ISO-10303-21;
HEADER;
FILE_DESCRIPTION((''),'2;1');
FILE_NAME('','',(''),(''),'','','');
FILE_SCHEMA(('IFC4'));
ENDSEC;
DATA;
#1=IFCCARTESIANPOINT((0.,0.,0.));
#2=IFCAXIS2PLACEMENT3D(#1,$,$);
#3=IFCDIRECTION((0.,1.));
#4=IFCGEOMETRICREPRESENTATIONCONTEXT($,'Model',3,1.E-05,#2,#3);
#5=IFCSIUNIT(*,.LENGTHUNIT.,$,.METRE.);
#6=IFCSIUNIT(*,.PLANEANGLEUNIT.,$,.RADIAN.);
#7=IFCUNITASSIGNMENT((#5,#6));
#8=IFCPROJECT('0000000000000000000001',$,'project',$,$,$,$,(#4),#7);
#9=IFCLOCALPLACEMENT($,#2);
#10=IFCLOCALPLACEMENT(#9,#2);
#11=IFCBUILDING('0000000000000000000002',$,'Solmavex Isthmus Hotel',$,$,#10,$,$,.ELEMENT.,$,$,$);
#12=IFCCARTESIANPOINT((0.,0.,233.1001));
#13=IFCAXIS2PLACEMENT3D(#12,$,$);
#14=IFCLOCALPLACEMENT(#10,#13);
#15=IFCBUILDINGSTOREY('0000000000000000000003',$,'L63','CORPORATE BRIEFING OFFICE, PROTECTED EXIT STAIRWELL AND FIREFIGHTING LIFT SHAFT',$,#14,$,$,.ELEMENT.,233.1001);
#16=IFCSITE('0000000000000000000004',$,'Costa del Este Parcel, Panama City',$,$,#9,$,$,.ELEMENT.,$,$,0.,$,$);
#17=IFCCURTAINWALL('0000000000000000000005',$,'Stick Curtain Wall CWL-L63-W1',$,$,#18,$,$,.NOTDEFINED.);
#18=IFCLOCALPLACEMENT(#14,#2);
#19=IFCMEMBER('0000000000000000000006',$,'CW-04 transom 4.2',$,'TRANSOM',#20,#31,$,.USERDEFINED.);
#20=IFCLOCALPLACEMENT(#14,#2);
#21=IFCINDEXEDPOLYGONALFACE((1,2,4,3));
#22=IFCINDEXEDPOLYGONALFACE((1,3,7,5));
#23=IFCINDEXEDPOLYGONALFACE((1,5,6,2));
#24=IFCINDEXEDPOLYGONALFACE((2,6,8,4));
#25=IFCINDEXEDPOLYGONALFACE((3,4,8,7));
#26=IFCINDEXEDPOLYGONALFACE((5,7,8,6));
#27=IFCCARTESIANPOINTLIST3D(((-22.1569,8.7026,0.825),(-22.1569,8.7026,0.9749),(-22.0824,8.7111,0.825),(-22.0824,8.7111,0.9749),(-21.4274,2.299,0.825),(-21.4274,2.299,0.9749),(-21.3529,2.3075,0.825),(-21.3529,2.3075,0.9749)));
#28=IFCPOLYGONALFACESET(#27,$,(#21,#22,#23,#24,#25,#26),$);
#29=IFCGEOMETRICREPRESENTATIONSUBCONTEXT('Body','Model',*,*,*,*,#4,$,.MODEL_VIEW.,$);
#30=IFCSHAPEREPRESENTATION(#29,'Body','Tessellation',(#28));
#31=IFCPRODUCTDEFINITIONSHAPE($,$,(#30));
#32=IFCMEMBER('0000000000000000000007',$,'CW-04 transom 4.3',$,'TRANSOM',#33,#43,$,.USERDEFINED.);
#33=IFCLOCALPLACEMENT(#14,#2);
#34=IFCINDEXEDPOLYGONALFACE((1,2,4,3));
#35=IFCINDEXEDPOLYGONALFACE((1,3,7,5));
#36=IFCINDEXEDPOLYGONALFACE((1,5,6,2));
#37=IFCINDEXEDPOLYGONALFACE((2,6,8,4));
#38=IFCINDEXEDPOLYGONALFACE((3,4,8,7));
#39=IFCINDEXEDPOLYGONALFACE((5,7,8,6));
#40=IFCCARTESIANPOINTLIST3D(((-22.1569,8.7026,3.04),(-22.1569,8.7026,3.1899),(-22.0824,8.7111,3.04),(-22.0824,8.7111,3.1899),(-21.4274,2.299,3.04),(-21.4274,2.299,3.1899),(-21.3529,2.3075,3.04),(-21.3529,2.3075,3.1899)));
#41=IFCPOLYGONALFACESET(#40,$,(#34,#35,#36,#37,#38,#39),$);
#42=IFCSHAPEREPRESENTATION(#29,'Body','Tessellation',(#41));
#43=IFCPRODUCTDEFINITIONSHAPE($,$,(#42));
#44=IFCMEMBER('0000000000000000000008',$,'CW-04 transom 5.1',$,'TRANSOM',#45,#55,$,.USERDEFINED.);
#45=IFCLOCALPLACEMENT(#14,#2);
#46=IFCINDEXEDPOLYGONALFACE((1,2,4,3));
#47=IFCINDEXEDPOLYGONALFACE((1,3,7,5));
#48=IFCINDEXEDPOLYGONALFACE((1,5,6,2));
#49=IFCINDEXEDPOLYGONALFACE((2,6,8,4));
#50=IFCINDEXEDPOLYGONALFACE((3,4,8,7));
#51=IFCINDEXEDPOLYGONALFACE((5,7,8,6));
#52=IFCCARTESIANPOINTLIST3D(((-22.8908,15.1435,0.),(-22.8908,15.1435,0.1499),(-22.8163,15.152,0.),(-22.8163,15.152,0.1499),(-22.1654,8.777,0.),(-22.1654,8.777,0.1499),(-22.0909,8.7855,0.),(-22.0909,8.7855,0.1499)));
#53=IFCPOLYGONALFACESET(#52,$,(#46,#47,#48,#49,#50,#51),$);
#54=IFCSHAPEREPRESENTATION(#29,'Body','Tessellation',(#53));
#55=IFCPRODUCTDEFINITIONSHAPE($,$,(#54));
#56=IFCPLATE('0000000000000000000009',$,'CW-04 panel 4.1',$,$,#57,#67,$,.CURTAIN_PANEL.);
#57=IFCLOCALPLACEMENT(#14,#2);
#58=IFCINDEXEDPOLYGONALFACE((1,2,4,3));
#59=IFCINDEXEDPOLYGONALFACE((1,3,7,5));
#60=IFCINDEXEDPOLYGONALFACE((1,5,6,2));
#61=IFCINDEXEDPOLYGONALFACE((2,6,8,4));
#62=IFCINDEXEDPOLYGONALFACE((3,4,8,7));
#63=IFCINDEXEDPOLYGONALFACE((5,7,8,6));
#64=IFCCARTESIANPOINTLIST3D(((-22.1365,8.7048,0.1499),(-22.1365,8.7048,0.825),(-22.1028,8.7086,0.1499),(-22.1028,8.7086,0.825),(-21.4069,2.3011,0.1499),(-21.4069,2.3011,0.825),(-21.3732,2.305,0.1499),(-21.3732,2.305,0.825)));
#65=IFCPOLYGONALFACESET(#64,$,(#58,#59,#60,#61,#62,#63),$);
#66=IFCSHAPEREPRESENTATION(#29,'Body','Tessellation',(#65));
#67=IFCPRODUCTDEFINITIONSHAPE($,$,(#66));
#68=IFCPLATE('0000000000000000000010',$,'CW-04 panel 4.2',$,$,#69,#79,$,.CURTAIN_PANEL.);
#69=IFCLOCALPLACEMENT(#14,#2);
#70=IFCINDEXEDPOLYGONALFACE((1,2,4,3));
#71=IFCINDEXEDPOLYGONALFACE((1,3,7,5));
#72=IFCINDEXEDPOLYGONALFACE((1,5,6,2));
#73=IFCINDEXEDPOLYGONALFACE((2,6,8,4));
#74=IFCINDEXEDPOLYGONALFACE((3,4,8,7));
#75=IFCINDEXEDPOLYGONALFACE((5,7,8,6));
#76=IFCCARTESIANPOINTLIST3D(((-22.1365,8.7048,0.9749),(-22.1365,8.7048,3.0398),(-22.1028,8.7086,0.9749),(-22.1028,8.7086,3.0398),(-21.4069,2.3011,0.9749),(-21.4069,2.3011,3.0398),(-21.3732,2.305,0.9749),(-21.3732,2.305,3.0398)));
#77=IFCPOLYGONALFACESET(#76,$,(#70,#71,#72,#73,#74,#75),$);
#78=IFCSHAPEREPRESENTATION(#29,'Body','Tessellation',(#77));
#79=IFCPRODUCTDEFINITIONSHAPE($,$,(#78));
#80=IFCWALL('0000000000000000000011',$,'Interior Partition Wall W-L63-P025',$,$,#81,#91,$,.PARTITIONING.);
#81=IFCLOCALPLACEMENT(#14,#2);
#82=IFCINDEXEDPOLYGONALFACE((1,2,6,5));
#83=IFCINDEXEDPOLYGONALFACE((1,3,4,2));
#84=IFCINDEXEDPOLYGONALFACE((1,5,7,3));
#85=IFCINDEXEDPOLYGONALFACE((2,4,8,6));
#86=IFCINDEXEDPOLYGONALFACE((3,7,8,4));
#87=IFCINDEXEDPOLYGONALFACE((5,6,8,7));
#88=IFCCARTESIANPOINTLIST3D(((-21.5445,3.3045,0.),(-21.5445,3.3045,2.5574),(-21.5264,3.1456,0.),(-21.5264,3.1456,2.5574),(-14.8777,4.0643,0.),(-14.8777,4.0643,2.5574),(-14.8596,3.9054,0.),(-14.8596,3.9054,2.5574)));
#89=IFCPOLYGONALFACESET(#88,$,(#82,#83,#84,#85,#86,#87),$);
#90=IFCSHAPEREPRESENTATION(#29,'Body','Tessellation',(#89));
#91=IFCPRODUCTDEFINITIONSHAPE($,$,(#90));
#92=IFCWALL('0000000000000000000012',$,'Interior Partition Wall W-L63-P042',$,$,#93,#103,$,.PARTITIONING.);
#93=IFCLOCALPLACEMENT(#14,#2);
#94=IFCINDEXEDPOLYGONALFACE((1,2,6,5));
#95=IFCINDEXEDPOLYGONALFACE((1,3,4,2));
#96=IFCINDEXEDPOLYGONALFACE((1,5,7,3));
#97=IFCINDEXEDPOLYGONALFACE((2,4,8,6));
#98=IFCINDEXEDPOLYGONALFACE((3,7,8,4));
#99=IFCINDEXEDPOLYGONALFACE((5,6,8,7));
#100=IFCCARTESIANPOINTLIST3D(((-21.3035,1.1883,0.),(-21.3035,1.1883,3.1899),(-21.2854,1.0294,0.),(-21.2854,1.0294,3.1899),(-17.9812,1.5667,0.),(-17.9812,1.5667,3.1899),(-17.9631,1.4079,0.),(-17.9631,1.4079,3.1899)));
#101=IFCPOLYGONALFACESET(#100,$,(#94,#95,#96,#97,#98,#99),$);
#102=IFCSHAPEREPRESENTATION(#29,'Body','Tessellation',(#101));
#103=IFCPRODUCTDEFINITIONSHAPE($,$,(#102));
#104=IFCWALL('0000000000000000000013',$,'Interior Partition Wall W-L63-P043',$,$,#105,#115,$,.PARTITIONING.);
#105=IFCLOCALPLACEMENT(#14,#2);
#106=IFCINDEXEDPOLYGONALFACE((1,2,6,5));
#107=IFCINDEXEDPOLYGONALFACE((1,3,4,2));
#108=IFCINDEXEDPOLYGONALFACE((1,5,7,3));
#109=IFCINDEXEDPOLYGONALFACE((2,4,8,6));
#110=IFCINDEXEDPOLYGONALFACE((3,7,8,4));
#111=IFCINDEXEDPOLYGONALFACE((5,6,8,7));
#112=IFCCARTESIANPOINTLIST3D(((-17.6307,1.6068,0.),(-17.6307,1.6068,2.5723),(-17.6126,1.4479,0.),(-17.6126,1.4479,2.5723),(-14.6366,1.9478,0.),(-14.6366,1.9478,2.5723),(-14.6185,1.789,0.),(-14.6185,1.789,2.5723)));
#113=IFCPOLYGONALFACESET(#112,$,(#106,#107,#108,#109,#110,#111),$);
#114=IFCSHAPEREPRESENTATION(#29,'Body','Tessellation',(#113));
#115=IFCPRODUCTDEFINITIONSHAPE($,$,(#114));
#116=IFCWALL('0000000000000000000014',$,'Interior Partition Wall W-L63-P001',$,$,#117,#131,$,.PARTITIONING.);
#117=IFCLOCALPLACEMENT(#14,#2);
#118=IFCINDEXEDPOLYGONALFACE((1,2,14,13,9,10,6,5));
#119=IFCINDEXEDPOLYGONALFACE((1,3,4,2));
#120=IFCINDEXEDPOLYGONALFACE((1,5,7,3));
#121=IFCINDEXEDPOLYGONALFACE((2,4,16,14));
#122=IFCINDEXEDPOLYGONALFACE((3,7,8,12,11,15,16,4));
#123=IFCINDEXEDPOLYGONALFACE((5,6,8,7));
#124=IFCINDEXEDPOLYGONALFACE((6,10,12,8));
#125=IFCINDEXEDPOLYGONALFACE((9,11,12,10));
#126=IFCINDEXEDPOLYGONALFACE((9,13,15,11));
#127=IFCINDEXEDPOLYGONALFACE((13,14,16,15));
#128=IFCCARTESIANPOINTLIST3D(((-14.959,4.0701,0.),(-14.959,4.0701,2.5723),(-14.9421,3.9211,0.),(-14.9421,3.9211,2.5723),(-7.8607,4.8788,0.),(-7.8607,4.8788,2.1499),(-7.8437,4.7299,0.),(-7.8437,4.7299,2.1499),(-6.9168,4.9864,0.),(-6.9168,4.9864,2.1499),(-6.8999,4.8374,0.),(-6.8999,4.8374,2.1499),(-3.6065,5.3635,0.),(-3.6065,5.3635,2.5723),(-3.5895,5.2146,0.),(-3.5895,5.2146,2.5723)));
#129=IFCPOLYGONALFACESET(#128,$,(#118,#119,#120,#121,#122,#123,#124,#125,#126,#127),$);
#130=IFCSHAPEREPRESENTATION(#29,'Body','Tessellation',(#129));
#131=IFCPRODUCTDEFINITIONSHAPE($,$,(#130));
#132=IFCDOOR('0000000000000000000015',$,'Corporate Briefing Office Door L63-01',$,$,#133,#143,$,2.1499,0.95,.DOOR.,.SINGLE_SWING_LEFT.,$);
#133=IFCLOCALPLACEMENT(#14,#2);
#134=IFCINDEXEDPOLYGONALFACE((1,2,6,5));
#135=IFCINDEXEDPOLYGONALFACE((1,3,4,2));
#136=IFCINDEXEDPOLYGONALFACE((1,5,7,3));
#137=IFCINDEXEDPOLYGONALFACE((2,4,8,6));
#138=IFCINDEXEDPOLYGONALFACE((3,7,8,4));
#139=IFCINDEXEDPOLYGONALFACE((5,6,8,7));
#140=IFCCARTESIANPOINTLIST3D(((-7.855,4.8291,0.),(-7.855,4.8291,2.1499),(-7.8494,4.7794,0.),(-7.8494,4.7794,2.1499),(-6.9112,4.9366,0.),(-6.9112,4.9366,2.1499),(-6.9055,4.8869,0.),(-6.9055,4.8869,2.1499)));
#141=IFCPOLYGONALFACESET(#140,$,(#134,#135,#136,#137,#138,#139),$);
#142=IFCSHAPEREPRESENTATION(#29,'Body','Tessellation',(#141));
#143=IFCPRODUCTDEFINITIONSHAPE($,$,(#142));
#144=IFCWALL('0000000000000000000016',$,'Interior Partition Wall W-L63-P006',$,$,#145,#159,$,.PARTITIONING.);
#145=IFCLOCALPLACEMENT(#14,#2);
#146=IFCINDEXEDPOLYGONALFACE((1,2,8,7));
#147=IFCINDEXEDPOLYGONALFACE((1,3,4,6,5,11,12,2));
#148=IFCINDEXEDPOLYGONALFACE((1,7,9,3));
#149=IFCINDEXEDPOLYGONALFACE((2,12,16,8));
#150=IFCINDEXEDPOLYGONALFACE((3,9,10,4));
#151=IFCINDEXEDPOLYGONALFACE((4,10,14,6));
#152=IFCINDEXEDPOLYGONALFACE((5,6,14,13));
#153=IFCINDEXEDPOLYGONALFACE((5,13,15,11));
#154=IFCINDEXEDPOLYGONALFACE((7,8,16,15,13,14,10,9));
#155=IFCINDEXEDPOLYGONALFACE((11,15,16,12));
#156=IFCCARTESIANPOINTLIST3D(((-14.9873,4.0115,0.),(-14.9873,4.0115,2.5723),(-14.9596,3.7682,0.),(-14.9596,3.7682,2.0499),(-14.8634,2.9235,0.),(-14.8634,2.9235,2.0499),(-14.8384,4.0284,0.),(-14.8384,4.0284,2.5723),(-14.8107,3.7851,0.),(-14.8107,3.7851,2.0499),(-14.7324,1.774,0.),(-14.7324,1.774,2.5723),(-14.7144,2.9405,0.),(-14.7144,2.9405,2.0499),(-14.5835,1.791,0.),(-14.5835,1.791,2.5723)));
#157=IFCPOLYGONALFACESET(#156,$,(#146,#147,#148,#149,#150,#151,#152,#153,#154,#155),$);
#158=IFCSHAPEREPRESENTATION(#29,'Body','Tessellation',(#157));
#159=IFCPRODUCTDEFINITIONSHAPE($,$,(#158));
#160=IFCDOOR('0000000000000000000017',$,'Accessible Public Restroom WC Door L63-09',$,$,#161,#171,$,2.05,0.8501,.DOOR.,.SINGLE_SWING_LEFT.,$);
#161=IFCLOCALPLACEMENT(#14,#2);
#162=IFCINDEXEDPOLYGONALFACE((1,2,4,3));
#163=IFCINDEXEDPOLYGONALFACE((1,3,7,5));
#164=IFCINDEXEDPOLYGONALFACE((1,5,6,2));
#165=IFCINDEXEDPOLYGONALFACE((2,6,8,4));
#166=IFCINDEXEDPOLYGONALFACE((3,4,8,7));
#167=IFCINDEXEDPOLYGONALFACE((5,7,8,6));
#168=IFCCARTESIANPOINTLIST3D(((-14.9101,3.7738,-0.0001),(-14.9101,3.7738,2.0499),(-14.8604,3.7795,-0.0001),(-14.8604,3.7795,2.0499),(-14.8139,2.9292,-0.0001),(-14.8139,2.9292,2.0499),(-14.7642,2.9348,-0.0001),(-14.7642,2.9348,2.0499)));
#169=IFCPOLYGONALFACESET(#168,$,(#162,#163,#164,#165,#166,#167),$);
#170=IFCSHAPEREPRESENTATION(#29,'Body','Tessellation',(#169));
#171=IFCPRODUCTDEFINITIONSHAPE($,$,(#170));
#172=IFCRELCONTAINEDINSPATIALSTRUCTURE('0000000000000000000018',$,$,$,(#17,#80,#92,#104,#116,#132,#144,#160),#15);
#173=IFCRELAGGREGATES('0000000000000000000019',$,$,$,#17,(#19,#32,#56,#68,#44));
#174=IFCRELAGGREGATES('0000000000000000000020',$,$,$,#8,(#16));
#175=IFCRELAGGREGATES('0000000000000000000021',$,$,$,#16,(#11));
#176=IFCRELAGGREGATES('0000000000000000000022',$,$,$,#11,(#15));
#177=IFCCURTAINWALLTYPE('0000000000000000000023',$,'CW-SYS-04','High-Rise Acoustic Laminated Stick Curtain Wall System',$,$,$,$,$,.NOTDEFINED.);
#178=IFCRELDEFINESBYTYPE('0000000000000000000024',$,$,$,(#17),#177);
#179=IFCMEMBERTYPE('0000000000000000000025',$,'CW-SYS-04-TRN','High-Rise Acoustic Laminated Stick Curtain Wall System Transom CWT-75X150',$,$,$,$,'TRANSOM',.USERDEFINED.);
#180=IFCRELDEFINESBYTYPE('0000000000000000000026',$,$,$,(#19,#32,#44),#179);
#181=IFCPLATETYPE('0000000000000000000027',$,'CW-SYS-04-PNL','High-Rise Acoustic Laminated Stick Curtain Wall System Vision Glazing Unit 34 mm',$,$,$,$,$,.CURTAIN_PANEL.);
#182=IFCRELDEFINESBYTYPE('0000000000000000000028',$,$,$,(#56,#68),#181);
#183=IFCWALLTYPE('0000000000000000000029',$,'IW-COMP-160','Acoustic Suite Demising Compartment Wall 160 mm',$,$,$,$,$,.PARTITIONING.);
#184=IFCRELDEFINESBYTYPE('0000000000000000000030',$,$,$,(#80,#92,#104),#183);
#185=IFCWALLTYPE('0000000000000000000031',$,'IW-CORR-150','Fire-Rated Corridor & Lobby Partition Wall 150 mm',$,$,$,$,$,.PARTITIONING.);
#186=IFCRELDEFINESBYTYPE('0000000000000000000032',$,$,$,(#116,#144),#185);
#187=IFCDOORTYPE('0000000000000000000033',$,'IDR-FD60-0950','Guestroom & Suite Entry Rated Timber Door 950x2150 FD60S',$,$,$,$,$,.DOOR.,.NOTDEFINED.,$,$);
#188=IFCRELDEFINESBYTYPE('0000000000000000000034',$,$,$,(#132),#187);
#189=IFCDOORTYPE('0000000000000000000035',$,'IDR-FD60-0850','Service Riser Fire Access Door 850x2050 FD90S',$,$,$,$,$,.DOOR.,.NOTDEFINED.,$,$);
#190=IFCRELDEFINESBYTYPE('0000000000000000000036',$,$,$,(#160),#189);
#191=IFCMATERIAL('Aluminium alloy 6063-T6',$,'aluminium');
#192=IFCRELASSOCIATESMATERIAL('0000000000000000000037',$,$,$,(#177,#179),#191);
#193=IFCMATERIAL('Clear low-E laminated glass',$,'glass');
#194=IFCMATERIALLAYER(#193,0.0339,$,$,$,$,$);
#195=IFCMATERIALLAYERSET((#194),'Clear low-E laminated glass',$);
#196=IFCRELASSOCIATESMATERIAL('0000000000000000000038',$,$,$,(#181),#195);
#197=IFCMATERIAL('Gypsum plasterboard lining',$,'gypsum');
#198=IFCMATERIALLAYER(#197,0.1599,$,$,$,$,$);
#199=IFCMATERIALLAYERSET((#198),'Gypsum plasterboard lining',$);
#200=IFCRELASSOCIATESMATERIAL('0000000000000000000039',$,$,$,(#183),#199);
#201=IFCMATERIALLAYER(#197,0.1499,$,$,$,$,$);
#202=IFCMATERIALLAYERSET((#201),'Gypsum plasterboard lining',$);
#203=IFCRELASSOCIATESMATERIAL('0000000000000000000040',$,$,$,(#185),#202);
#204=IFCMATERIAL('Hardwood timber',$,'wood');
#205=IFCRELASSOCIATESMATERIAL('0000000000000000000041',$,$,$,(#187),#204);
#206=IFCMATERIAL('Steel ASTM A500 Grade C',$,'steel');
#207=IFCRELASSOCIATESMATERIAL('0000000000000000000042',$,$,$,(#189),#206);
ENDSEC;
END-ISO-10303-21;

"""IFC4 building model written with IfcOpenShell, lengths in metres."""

from ifc_helpers import new_model, si_unit, direction, frame, frame_2d, origin, origin_2d, place, context, subcontext, project, spatial, rectangle, extrude, material, layer, layer_set, material_profile, profile_set, type_object, element, fill, aggregate, save


model = new_model("IFC4")

# Units and contexts
model_context = context("Model", 3, precision=1e-05, world=origin(), true_north=direction((0.0, 1.0)))
body_context = subcontext(model_context, "Body", "Model", "MODEL_VIEW")
ifc_project = project(units=[si_unit("LENGTHUNIT", "METRE"), si_unit("PLANEANGLEUNIT", "RADIAN")], contexts=[model_context])

# Site, building, storey
site_placement = place(None, origin())
site = spatial("IfcSite", under=ifc_project, at=site_placement, Name="Costa del Este Parcel, Panama City", CompositionType="ELEMENT", RefElevation=0.0)
building_placement = place(site_placement, origin())
building = spatial("IfcBuilding", under=site, at=building_placement, Name="Solmavex Isthmus Hotel", CompositionType="ELEMENT")
storey_placement = place(building_placement, frame((0.0, 0.0, 233.1001)))
storey = spatial("IfcBuildingStorey", under=building, at=storey_placement, Name="L63", Description="CORPORATE BRIEFING OFFICE, PROTECTED EXIT STAIRWELL AND FIREFIGHTING LIFT SHAFT", CompositionType="ELEMENT", Elevation=233.1001)

# Curtain wall, members, plates
ifc_material_1 = material(Name="Aluminium alloy 6063-T6", Category="aluminium")
curtain_wall_type = type_object("IfcCurtainWallType", Name="CW-SYS-04", Description="High-Rise Acoustic Laminated Stick Curtain Wall System", PredefinedType="NOTDEFINED", material=ifc_material_1)
curtain_wall_placement = place(storey_placement, origin())
curtain_wall = element("IfcCurtainWall", 1, at=curtain_wall_placement, inside=storey, type_object=curtain_wall_type, Name="Stick Curtain Wall CWL-L63-W1", PredefinedType="NOTDEFINED")
ifc_material_profile_1 = material_profile(ifc_material_1, rectangle(XDim=0.075, YDim=0.1499, at=origin_2d()), Name="CWT-75X150")
ifc_profile_set_1 = profile_set([ifc_material_profile_1], Name="Aluminium alloy 6063-T6")
member_type_1 = type_object("IfcMemberType", Name="CW-SYS-04-TRN", Description="High-Rise Acoustic Laminated Stick Curtain Wall System Transom CWT-75X150", ElementType="TRANSOM", PredefinedType="USERDEFINED", material=ifc_profile_set_1)
member_1_placement = place(storey_placement, frame((-21.3901, 2.3032, 0.8999), z_axis=(-0.113188, 0.993574, 0.0), x_axis=(-0.993574, -0.113188, 0.0)))
member_1 = element("IfcMember", 2, at=member_1_placement, type_object=member_type_1, Name="CW-04 transom 4.2", ObjectType="TRANSOM", PredefinedType="USERDEFINED", context=body_context, shape_type="SweptSolid", body=[
    extrude(rectangle(XDim=0.075, YDim=0.1499, at=origin_2d()), origin(), (0.0, 0.0, 1.0), 6.4451),
])
member_2_placement = place(storey_placement, frame((-21.3901, 2.3032, 3.115), z_axis=(-0.113188, 0.993574, 0.0), x_axis=(-0.993574, -0.113188, 0.0)))
member_2 = element("IfcMember", 3, at=member_2_placement, type_object=member_type_1, Name="CW-04 transom 4.3", ObjectType="TRANSOM", PredefinedType="USERDEFINED", context=body_context, shape_type="SweptSolid", body=[
    extrude(rectangle(XDim=0.075, YDim=0.1499, at=origin_2d()), origin(), (0.0, 0.0, 1.0), 6.4451),
])
member_3_placement = place(storey_placement, frame((-22.1282, 8.7812, 0.075), z_axis=(-0.113199, 0.993572, 0.0), x_axis=(-0.993572, -0.113199, 0.0)))
member_3 = element("IfcMember", 4, at=member_3_placement, type_object=member_type_1, Name="CW-04 transom 5.1", ObjectType="TRANSOM", PredefinedType="USERDEFINED", context=body_context, shape_type="SweptSolid", body=[
    extrude(rectangle(XDim=0.075, YDim=0.1499, at=origin_2d()), origin(), (0.0, 0.0, 1.0), 6.4077),
])
ifc_material_2 = material(Name="Clear low-E laminated glass", Category="glass")
ifc_layer_1 = layer(ifc_material_2, 0.0339)
ifc_layer_set_1 = layer_set([ifc_layer_1], Name="Clear low-E laminated glass")
plate_type = type_object("IfcPlateType", Name="CW-SYS-04-PNL", Description="High-Rise Acoustic Laminated Stick Curtain Wall System Vision Glazing Unit 34 mm", PredefinedType="CURTAIN_PANEL", material=ifc_layer_set_1)
plate_1_placement = place(storey_placement, frame((-21.7549, 5.5049, 0.1499), z_axis=(0.0, 0.0, 1.0), x_axis=(-0.113203, 0.993572, 0.0)))
plate_1 = element("IfcPlate", 5, at=plate_1_placement, type_object=plate_type, Name="CW-04 panel 4.1", PredefinedType="CURTAIN_PANEL", context=body_context, shape_type="SweptSolid", body=[
    extrude(rectangle(XDim=6.4451, YDim=0.0339, at=origin_2d()), origin(), (0.0, 0.0, 1.0), 0.675),
])
plate_2_placement = place(storey_placement, frame((-21.7549, 5.5049, 0.9749), z_axis=(0.0, 0.0, 1.0), x_axis=(-0.113203, 0.993572, 0.0)))
plate_2 = element("IfcPlate", 6, at=plate_2_placement, type_object=plate_type, Name="CW-04 panel 4.2", PredefinedType="CURTAIN_PANEL", context=body_context, shape_type="SweptSolid", body=[
    extrude(rectangle(XDim=6.4451, YDim=0.0339, at=origin_2d()), origin(), (0.0, 0.0, 1.0), 2.0649),
])
aggregate(curtain_wall, [member_1, member_2, plate_1, plate_2, member_3])

# Walls
ifc_material_3 = material(Name="Gypsum plasterboard lining", Category="gypsum")
ifc_layer_2 = layer(ifc_material_3, 0.1599)
ifc_layer_set_2 = layer_set([ifc_layer_2], Name="Gypsum plasterboard lining")
wall_type_1 = type_object("IfcWallType", Name="IW-COMP-160", Description="Acoustic Suite Demising Compartment Wall 160 mm", PredefinedType="PARTITIONING", material=ifc_layer_set_2)
wall_1_placement = place(storey_placement, frame((-14.8687, 3.9849, 0.0), z_axis=(0.0, 0.0, 1.0), x_axis=(-0.993569, -0.113231, 0.0)))
element("IfcWall", 7, at=wall_1_placement, inside=storey, type_object=wall_type_1, Name="Interior Partition Wall W-L63-P025", PredefinedType="PARTITIONING", context=body_context, shape_type="SweptSolid", body=[
    extrude(rectangle(XDim=6.71, YDim=0.1599, at=frame_2d((3.355, 0.0))), origin(), (0.0, 0.0, 1.0), 2.5574),
])
wall_2_placement = place(storey_placement, frame((-17.9722, 1.4873, 0.0), z_axis=(0.0, 0.0, 1.0), x_axis=(-0.993575, -0.113172, 0.0)))
element("IfcWall", 8, at=wall_2_placement, inside=storey, type_object=wall_type_1, Name="Interior Partition Wall W-L63-P042", PredefinedType="PARTITIONING", context=body_context, shape_type="SweptSolid", body=[
    extrude(rectangle(XDim=3.3438, YDim=0.1599, at=frame_2d((1.6719, 0.0))), origin(), (0.0, 0.0, 1.0), 3.1899),
])
wall_3_placement = place(storey_placement, frame((-14.6274, 1.8684, 0.0), z_axis=(0.0, 0.0, 1.0), x_axis=(-0.993575, -0.113179, 0.0)))
element("IfcWall", 9, at=wall_3_placement, inside=storey, type_object=wall_type_1, Name="Interior Partition Wall W-L63-P043", PredefinedType="PARTITIONING", context=body_context, shape_type="SweptSolid", body=[
    extrude(rectangle(XDim=3.0134, YDim=0.1599, at=frame_2d((1.5068, 0.0))), origin(), (0.0, 0.0, 1.0), 2.5723),
])

# Walls, openings, doors
ifc_layer_3 = layer(ifc_material_3, 0.1499)
ifc_layer_set_3 = layer_set([ifc_layer_3], Name="Gypsum plasterboard lining")
wall_type_2 = type_object("IfcWallType", Name="IW-CORR-150", Description="Fire-Rated Corridor & Lobby Partition Wall 150 mm", PredefinedType="PARTITIONING", material=ifc_layer_set_3)
wall_4_placement = place(storey_placement, frame((-14.9504, 3.9956, 0.0), z_axis=(0.0, 0.0, 1.0), x_axis=(0.993572, 0.113203, 0.0)))
wall_4 = element("IfcWall", 10, at=wall_4_placement, inside=storey, type_object=wall_type_2, Name="Interior Partition Wall W-L63-P001", PredefinedType="PARTITIONING", context=body_context, shape_type="SweptSolid", body=[
    extrude(rectangle(XDim=11.426, YDim=0.1499, at=frame_2d((5.7129, 0.0))), origin(), (0.0, 0.0, 1.0), 2.5723),
])
opening_1_placement = place(wall_4_placement, frame((7.144, 0.0, 0.0)))
opening_1 = element("IfcOpeningElement", 11, at=opening_1_placement, cuts=wall_4, PredefinedType="OPENING", context=body_context, shape_type="SweptSolid", body=[
    extrude(rectangle(XDim=0.95, YDim=2.1499, at=frame_2d((0.4751, 1.075))), frame((0.0, 0.085, 0.0), z_axis=(0.0, -1.0, 0.0), x_axis=(1.0, 0.0, 0.0)), (0.0, 0.0, 1.0), 0.1699),
])
ifc_material_4 = material(Name="Hardwood timber", Category="wood")
door_type_1 = type_object("IfcDoorType", Name="IDR-FD60-0950", Description="Guestroom & Suite Entry Rated Timber Door 950x2150 FD60S", OperationType="NOTDEFINED", PredefinedType="DOOR", material=ifc_material_4)
door_1_placement = place(opening_1_placement, origin())
door_1 = element("IfcDoor", 12, at=door_1_placement, inside=storey, type_object=door_type_1, Name="Corporate Briefing Office Door L63-01", OperationType="SINGLE_SWING_LEFT", OverallHeight=2.1499, OverallWidth=0.95, PredefinedType="DOOR", context=body_context, shape_type="SweptSolid", body=[
    extrude(rectangle(XDim=0.95, YDim=2.1499, at=frame_2d((0.4751, 1.075))), frame((0.0, 0.0249, 0.0), z_axis=(0.0, -1.0, 0.0), x_axis=(1.0, 0.0, 0.0)), (0.0, 0.0, 1.0), 0.05),
])
fill(opening_1, door_1)
wall_5_placement = place(storey_placement, frame((-14.658, 1.7825, 0.0), z_axis=(0.0, 0.0, 1.0), x_axis=(-0.11318, 0.993575, 0.0)))
wall_5 = element("IfcWall", 13, at=wall_5_placement, inside=storey, type_object=wall_type_2, Name="Interior Partition Wall W-L63-P006", PredefinedType="PARTITIONING", context=body_context, shape_type="SweptSolid", body=[
    extrude(rectangle(XDim=2.252, YDim=0.1499, at=frame_2d((1.126, 0.0))), origin(), (0.0, 0.0, 1.0), 2.5723),
])
opening_2_placement = place(wall_5_placement, frame((1.157, 0.0, 0.0)))
opening_2 = element("IfcOpeningElement", 14, at=opening_2_placement, cuts=wall_5, PredefinedType="OPENING", context=body_context, shape_type="SweptSolid", body=[
    extrude(rectangle(XDim=0.8501, YDim=2.05, at=frame_2d((0.425, 1.0249))), frame((0.0, 0.085, 0.0), z_axis=(0.0, -1.0, 0.0), x_axis=(1.0, 0.0, 0.0)), (0.0, 0.0, 1.0), 0.1699),
])
ifc_material_5 = material(Name="Steel ASTM A500 Grade C", Category="steel")
door_type_2 = type_object("IfcDoorType", Name="IDR-FD60-0850", Description="Service Riser Fire Access Door 850x2050 FD90S", OperationType="NOTDEFINED", PredefinedType="DOOR", material=ifc_material_5)
door_2_placement = place(opening_2_placement, frame((0.8501, 0.0, 0.0), z_axis=(0.0, 0.0, 1.0), x_axis=(-1.0, 0.0, 0.0)))
door_2 = element("IfcDoor", 15, at=door_2_placement, inside=storey, type_object=door_type_2, Name="Accessible Public Restroom WC Door L63-09", OperationType="SINGLE_SWING_LEFT", OverallHeight=2.05, OverallWidth=0.8501, PredefinedType="DOOR", context=body_context, shape_type="SweptSolid", body=[
    extrude(rectangle(XDim=0.8501, YDim=2.05, at=frame_2d((0.425, 1.0249))), frame((0.0, 0.0249, 0.0), z_axis=(0.0, -1.0, 0.0), x_axis=(1.0, 0.0, 0.0)), (0.0, 0.0, 1.0), 0.05),
])
fill(opening_2, door_2)

save(model, "model.ifc")
